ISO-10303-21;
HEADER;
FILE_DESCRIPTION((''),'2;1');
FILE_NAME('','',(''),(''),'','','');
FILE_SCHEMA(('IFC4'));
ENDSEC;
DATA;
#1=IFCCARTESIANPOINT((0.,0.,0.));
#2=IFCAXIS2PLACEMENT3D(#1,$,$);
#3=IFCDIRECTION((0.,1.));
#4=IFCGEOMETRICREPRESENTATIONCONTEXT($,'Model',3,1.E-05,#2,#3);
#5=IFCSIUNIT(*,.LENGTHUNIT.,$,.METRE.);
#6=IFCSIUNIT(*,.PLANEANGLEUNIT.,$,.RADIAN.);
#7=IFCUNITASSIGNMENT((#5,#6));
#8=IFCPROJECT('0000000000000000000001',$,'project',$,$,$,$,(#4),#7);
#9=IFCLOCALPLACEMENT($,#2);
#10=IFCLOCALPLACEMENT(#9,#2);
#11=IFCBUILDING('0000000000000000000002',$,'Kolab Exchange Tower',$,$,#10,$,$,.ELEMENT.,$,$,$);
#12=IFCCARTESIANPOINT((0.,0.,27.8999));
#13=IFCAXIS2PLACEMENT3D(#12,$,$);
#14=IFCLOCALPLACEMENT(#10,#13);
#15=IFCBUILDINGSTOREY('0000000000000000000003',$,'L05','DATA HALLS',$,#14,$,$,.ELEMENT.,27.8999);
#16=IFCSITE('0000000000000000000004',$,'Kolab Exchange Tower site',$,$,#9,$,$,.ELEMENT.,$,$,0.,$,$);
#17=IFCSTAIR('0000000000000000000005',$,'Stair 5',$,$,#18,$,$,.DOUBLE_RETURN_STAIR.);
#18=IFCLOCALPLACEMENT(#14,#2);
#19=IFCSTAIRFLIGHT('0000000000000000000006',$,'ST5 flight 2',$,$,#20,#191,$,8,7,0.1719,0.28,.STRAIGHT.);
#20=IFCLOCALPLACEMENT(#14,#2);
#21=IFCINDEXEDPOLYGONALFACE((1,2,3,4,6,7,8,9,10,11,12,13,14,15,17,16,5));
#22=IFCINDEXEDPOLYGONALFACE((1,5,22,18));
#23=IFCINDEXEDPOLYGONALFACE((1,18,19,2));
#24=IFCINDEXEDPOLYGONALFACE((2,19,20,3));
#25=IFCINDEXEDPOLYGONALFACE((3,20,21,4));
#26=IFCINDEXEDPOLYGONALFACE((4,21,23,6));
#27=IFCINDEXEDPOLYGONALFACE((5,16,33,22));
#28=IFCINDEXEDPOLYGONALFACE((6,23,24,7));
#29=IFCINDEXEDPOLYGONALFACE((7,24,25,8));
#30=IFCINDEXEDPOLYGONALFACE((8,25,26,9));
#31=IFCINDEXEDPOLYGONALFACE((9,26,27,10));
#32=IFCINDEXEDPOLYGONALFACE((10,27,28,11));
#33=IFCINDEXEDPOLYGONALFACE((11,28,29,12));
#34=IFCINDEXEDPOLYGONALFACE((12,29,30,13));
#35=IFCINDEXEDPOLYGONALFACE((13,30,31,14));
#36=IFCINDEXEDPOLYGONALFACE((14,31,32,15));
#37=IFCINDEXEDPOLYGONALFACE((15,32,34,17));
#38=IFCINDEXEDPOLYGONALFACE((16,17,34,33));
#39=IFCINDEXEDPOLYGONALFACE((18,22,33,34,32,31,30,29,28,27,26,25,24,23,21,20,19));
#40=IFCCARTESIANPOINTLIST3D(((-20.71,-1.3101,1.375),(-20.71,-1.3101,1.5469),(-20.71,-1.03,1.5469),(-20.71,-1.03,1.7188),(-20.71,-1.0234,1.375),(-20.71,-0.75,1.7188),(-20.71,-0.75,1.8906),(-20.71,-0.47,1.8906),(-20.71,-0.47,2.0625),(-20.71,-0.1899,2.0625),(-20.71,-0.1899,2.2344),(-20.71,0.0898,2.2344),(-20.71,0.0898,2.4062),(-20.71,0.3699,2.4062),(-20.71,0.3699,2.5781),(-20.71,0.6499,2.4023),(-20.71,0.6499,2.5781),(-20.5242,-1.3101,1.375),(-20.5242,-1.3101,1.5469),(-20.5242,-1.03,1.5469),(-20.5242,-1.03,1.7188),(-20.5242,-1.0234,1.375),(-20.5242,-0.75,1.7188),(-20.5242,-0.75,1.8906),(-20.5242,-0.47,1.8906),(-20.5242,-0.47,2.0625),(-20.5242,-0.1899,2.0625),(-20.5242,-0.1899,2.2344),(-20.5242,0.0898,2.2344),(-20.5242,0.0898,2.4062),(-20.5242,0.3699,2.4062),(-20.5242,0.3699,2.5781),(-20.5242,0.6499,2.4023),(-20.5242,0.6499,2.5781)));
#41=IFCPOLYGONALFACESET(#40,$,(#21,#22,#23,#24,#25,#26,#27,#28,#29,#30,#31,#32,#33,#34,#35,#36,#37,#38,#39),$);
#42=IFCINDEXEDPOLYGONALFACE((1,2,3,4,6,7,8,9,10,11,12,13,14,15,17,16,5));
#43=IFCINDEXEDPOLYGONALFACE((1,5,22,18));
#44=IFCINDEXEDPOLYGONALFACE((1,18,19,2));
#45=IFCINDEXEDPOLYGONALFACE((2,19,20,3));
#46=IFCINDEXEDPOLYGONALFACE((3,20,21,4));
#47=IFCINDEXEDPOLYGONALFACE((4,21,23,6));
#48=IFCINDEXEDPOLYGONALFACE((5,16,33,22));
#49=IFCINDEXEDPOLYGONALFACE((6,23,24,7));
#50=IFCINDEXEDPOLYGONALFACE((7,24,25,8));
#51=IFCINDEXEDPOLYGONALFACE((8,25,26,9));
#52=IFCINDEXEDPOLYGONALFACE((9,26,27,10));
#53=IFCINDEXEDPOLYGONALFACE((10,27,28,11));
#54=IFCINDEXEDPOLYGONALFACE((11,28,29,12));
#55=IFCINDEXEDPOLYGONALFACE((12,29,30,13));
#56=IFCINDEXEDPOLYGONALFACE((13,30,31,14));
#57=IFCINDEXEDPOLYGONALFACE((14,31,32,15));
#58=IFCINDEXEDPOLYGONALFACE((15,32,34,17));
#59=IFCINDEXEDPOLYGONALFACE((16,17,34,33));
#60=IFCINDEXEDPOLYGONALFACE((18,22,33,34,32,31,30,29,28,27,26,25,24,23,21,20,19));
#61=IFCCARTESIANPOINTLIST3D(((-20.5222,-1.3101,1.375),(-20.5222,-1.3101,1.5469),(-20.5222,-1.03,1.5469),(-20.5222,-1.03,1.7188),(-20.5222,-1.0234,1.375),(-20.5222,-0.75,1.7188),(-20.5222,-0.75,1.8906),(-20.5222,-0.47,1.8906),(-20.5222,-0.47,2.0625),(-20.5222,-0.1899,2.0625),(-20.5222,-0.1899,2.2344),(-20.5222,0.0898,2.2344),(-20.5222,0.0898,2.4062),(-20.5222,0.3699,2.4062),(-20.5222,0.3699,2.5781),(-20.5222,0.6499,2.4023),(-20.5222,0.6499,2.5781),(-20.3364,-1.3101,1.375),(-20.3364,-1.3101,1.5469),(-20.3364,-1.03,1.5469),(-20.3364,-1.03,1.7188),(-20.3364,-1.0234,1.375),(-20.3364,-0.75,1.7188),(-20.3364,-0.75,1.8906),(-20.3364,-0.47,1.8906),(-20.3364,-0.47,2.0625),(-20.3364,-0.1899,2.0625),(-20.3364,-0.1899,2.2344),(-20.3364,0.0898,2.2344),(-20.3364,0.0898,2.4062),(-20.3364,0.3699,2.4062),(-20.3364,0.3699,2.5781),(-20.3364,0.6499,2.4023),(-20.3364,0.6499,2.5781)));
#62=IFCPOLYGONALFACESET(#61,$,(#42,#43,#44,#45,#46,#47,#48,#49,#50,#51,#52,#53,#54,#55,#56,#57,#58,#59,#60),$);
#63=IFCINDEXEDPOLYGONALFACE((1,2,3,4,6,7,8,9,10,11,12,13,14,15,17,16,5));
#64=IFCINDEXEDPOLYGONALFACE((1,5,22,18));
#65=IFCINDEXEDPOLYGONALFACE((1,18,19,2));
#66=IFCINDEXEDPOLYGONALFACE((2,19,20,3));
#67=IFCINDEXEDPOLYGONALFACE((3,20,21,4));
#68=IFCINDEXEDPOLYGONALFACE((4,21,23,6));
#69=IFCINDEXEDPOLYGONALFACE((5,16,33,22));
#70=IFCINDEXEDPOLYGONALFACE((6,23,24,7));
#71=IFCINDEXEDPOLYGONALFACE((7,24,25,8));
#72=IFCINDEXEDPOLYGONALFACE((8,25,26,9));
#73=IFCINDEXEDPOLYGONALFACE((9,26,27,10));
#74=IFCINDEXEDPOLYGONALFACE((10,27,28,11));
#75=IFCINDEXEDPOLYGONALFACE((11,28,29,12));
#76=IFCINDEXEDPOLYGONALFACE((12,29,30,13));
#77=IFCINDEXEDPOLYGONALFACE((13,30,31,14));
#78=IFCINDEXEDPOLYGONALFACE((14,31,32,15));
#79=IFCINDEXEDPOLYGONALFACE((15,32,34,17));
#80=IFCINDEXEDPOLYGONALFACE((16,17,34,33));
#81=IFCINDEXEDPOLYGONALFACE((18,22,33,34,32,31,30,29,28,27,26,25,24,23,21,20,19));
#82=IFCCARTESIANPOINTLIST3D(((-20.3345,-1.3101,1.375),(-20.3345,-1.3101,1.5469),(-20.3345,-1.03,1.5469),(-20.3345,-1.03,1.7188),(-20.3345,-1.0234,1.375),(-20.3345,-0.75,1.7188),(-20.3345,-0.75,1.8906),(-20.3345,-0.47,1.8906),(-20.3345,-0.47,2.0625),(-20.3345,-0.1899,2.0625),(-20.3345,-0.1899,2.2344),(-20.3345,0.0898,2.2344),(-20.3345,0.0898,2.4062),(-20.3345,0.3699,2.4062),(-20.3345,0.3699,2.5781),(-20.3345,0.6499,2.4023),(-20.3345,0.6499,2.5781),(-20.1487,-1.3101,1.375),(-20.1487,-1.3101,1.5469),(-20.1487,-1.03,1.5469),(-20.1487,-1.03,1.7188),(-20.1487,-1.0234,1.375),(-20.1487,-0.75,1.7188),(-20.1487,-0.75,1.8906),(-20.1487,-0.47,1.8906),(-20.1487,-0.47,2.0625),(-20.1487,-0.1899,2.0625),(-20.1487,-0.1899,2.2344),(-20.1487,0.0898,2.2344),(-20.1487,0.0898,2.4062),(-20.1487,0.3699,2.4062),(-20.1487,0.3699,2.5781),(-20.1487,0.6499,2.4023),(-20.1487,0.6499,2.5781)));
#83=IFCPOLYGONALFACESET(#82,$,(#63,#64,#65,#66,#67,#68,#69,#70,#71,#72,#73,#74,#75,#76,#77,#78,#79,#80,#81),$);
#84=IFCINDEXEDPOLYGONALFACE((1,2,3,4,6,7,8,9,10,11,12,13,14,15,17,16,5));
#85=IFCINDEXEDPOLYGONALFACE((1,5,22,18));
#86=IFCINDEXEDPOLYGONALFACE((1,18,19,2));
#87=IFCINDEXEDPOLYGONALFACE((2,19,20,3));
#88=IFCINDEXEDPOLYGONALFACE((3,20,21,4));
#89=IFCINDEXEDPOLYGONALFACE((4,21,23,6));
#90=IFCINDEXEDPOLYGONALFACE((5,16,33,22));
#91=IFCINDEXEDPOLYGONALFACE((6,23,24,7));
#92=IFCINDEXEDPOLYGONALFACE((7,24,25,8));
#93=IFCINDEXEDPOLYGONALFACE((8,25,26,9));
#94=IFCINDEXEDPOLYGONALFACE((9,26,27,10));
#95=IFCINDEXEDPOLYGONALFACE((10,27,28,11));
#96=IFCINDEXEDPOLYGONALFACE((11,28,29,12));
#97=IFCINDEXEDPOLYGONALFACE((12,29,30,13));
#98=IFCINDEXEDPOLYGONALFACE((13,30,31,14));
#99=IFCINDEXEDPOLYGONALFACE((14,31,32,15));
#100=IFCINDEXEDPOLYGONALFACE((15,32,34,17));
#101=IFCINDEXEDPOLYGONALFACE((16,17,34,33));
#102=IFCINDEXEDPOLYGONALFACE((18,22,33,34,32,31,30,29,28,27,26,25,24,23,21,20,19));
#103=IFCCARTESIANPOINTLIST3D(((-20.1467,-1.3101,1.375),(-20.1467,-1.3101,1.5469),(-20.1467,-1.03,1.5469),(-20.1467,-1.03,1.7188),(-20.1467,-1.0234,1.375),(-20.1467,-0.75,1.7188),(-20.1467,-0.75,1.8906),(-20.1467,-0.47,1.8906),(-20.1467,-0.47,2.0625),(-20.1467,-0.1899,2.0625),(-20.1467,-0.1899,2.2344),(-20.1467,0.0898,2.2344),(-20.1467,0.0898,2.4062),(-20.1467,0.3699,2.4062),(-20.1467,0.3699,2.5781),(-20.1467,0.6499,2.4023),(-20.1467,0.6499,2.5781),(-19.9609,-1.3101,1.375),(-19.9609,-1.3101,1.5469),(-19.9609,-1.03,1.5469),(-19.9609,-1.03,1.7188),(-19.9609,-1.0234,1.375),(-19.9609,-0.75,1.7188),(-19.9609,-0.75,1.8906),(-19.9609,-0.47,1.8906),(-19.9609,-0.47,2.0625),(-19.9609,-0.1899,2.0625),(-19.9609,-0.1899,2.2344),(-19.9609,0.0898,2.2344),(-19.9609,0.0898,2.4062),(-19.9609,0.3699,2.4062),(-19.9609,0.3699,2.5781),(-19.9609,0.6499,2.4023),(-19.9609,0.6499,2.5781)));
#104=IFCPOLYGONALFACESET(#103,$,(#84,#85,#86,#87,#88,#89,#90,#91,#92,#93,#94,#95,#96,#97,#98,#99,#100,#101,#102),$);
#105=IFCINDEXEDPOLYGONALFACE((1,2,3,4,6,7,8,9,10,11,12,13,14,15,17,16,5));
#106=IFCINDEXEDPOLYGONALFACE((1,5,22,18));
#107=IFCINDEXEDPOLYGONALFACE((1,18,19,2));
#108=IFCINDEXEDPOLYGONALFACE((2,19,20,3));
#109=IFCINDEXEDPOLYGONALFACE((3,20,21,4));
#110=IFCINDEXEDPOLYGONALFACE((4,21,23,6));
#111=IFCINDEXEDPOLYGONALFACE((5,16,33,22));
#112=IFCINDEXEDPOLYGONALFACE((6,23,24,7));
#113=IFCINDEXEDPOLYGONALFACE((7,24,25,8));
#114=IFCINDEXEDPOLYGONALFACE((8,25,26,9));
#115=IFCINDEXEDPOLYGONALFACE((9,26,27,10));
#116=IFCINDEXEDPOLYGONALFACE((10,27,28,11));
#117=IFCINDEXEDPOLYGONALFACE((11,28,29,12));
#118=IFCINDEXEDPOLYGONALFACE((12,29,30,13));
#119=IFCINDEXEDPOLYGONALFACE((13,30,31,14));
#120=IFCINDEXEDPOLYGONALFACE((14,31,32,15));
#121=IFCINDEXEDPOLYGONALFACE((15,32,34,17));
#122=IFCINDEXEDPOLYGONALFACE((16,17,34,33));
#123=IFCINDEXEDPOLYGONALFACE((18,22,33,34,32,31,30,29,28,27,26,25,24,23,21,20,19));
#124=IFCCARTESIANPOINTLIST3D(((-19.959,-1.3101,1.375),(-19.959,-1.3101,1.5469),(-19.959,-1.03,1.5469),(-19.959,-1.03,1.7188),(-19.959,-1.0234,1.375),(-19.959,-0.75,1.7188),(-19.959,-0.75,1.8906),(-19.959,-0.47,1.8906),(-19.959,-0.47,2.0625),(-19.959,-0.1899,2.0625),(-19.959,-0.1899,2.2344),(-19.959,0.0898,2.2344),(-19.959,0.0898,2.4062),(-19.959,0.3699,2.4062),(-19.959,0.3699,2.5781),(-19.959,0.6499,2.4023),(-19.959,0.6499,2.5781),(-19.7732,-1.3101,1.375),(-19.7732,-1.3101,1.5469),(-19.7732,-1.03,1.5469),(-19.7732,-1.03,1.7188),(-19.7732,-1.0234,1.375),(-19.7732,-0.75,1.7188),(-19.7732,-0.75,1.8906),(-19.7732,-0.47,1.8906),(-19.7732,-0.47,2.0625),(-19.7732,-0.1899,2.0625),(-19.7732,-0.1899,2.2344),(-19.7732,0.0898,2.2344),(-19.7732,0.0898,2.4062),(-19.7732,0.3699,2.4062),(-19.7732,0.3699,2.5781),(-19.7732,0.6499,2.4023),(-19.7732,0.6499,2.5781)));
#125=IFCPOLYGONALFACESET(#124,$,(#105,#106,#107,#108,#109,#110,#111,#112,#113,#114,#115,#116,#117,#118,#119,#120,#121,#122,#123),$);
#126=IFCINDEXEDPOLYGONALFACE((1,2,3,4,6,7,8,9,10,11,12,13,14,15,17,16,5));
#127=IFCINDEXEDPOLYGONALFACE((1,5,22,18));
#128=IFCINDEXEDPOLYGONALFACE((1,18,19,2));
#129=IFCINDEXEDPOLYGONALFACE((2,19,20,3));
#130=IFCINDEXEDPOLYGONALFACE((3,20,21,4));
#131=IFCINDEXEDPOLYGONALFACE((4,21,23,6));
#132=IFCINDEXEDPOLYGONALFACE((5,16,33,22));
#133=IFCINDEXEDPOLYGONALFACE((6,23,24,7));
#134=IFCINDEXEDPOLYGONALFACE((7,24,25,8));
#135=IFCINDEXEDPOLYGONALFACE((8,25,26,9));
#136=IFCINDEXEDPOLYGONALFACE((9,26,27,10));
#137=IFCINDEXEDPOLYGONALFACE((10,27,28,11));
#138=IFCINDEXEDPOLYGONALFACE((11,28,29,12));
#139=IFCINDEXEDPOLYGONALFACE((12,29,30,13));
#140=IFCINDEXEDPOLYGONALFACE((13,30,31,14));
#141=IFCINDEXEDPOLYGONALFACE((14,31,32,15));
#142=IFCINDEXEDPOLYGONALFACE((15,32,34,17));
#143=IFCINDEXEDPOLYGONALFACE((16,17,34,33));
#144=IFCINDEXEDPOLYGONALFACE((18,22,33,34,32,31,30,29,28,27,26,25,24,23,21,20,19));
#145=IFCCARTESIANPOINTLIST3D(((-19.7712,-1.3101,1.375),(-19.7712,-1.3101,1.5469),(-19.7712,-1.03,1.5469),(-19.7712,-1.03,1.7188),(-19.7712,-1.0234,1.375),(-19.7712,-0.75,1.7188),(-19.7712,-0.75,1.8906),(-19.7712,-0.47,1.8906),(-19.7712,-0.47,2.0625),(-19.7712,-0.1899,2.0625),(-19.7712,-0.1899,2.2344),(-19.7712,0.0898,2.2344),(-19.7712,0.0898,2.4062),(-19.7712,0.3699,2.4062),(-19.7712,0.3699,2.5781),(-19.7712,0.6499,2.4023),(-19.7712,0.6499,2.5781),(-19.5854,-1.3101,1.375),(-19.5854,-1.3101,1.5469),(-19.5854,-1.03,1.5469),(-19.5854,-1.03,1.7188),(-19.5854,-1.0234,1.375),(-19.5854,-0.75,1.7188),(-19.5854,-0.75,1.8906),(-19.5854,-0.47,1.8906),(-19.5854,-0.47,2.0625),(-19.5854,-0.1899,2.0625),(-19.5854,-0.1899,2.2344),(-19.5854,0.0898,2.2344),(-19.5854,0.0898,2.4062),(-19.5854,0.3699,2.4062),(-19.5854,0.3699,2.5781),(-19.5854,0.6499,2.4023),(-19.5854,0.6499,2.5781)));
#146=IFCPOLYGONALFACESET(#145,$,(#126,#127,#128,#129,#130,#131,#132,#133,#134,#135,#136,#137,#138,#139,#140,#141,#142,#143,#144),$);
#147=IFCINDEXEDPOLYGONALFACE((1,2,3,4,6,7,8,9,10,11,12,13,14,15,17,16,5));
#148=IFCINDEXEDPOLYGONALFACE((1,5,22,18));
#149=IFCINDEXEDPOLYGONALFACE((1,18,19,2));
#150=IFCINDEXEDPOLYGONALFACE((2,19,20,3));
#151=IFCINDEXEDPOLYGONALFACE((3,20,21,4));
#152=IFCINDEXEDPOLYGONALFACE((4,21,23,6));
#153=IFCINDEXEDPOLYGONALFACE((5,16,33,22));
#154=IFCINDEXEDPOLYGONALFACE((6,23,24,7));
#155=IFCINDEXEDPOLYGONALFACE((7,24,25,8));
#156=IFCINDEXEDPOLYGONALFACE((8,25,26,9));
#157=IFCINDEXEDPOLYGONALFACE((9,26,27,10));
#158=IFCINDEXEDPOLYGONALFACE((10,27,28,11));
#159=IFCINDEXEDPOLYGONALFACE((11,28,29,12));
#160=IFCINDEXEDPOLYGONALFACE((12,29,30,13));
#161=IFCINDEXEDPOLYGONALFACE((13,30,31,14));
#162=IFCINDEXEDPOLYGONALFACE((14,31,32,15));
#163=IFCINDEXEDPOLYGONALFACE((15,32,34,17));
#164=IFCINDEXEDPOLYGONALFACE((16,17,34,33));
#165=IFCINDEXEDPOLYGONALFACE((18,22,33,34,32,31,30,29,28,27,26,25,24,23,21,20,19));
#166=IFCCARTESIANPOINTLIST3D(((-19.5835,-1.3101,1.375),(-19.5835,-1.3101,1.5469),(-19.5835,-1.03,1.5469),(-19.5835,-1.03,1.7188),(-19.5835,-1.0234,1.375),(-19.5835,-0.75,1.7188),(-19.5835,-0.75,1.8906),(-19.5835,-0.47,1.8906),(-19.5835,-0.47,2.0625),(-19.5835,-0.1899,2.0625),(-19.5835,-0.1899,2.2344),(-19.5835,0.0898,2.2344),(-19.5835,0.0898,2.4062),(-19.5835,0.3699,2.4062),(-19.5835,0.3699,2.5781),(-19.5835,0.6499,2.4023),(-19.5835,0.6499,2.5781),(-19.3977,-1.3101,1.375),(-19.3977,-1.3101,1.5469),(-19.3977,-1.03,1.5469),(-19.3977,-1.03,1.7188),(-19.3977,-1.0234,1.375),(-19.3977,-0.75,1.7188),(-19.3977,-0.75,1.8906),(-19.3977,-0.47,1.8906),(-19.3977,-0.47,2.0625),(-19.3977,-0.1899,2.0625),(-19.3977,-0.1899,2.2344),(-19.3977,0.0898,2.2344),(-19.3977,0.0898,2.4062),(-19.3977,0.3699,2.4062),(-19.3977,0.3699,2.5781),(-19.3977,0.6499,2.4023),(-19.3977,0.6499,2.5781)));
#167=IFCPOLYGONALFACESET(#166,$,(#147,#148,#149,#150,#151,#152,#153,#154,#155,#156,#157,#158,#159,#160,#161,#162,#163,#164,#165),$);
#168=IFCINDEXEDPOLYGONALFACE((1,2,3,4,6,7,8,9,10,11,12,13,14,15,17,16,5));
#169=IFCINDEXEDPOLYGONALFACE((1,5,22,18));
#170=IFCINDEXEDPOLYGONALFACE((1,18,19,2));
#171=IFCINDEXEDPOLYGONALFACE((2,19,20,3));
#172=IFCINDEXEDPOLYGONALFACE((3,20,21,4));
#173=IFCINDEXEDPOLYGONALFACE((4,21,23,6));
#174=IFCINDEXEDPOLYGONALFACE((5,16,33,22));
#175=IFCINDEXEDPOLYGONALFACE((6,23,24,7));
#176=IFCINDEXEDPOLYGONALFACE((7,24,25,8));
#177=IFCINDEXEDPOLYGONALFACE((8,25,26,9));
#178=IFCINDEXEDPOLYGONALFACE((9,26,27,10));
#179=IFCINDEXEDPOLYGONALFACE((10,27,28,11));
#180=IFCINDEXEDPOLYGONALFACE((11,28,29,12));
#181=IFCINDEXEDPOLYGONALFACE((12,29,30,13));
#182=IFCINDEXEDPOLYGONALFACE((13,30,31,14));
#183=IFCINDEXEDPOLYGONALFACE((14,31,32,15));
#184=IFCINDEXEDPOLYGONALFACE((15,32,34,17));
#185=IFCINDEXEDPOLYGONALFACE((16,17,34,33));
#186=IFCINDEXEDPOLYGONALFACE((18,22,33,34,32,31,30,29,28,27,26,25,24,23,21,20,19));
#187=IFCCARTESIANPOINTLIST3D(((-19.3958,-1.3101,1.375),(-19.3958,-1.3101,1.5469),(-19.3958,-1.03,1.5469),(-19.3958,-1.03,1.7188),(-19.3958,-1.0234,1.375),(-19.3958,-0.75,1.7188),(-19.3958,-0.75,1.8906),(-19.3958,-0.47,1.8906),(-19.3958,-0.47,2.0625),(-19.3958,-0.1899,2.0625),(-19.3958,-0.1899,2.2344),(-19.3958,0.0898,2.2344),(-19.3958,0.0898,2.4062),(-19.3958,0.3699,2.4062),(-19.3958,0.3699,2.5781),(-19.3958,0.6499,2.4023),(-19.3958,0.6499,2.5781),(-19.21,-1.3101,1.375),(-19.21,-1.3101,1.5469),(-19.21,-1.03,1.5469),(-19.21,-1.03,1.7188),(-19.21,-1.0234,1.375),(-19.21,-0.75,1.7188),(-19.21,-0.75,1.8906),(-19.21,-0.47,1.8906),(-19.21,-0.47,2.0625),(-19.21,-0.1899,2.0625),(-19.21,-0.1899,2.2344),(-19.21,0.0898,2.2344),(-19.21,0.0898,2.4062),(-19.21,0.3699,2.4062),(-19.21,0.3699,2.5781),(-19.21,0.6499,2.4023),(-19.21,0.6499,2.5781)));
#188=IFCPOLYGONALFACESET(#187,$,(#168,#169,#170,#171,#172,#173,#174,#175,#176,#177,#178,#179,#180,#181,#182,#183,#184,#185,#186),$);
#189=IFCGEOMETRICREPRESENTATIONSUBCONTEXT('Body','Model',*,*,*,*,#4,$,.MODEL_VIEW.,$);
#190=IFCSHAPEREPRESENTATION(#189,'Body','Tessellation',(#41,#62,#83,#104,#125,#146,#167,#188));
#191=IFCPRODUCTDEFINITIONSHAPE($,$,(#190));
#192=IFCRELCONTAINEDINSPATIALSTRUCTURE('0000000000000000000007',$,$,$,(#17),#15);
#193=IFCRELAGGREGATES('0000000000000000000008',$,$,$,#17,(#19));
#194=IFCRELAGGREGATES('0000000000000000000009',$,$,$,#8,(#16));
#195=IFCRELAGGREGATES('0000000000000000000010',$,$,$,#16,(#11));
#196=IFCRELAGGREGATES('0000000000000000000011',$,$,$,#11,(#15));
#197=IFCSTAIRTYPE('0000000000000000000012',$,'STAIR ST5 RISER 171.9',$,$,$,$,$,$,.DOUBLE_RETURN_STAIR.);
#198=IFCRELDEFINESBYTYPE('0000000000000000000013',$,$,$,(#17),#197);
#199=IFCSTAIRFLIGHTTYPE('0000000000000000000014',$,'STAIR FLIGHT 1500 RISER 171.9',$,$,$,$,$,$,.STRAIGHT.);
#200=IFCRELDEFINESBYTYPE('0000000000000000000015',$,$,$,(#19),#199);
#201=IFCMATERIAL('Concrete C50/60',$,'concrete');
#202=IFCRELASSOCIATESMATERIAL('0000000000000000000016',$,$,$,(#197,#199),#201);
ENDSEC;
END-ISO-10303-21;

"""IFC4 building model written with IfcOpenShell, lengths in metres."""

from ifc_helpers import new_model, si_unit, direction, frame, origin, place, context, subcontext, project, spatial, polyline, outline, extrude, material, type_object, element, aggregate, save


model = new_model("IFC4")

# Units and contexts
model_context = context("Model", 3, precision=1e-05, world=origin(), true_north=direction((0.0, 1.0)))
body_context = subcontext(model_context, "Body", "Model", "MODEL_VIEW")
ifc_project = project(units=[si_unit("LENGTHUNIT", "METRE"), si_unit("PLANEANGLEUNIT", "RADIAN")], contexts=[model_context])

# Site, building, storey
site_placement = place(None, origin())
site = spatial("IfcSite", under=ifc_project, at=site_placement, Name="Kolab Exchange Tower site", CompositionType="ELEMENT", RefElevation=0.0)
building_placement = place(site_placement, origin())
building = spatial("IfcBuilding", under=site, at=building_placement, Name="Kolab Exchange Tower", CompositionType="ELEMENT")
storey_placement = place(building_placement, frame((0.0, 0.0, 27.8999)))
storey = spatial("IfcBuildingStorey", under=building, at=storey_placement, Name="L05", Description="DATA HALLS", CompositionType="ELEMENT", Elevation=27.8999)

# Shared definitions
ifc_material_1 = material(Name="Concrete C50/60", Category="concrete")

# Stair, stair flight
stair_type = type_object("IfcStairType", Name="STAIR ST5 RISER 171.9", PredefinedType="DOUBLE_RETURN_STAIR", material=ifc_material_1)
stair_placement = place(storey_placement, origin())
stair = element("IfcStair", 1, at=stair_placement, inside=storey, type_object=stair_type, Name="Stair 5", PredefinedType="DOUBLE_RETURN_STAIR")
stair_flight_type = type_object("IfcStairFlightType", Name="STAIR FLIGHT 1500 RISER 171.9", PredefinedType="STRAIGHT", material=ifc_material_1)
stair_flight_1_placement = place(storey_placement, frame((-19.96, -1.3101, 1.375), z_axis=(0.0, 0.0, 1.0), x_axis=(0.0, 1.0, 0.0)))
stair_flight_1 = element("IfcStairFlight", 2, at=stair_flight_1_placement, type_object=stair_flight_type, Name="ST5 flight 2", NumberOfRisers=8, NumberOfTreads=7, PredefinedType="STRAIGHT", RiserHeight=0.1719, TreadLength=0.28, context=body_context, shape_type="SweptSolid", body=[
    extrude(outline(polyline([(0.0, 0.0), (0.0, 0.1719), (0.28, 0.1719), (0.28, 0.3438), (0.5601, 0.3438), (0.5601, 0.5156), (0.8401, 0.5156), (0.8401, 0.6875), (1.1201, 0.6875), (1.1201, 0.8594), (1.3999, 0.8594), (1.3999, 1.0312), (1.6799, 1.0312), (1.6799, 1.2031), (1.96, 1.2031), (1.96, 1.375), (1.96, 1.0273), (0.2866, 0.0), (0.0, 0.0)])), frame((0.0, 0.75, 0.0), z_axis=(0.0, -1.0, 0.0), x_axis=(1.0, 0.0, 0.0)), (0.0, 0.0, 1.0), 0.1858),
    extrude(outline(polyline([(0.0, 0.0), (0.0, 0.1719), (0.28, 0.1719), (0.28, 0.3438), (0.5601, 0.3438), (0.5601, 0.5156), (0.8401, 0.5156), (0.8401, 0.6875), (1.1201, 0.6875), (1.1201, 0.8594), (1.3999, 0.8594), (1.3999, 1.0312), (1.6799, 1.0312), (1.6799, 1.2031), (1.96, 1.2031), (1.96, 1.375), (1.96, 1.0273), (0.2866, 0.0), (0.0, 0.0)])), frame((0.0, 0.5623, 0.0), z_axis=(0.0, -1.0, 0.0), x_axis=(1.0, 0.0, 0.0)), (0.0, 0.0, 1.0), 0.1858),
    extrude(outline(polyline([(0.0, 0.0), (0.0, 0.1719), (0.28, 0.1719), (0.28, 0.3438), (0.5601, 0.3438), (0.5601, 0.5156), (0.8401, 0.5156), (0.8401, 0.6875), (1.1201, 0.6875), (1.1201, 0.8594), (1.3999, 0.8594), (1.3999, 1.0312), (1.6799, 1.0312), (1.6799, 1.2031), (1.96, 1.2031), (1.96, 1.375), (1.96, 1.0273), (0.2866, 0.0), (0.0, 0.0)])), frame((0.0, 0.3745, 0.0), z_axis=(0.0, -1.0, 0.0), x_axis=(1.0, 0.0, 0.0)), (0.0, 0.0, 1.0), 0.1858),
    extrude(outline(polyline([(0.0, 0.0), (0.0, 0.1719), (0.28, 0.1719), (0.28, 0.3438), (0.5601, 0.3438), (0.5601, 0.5156), (0.8401, 0.5156), (0.8401, 0.6875), (1.1201, 0.6875), (1.1201, 0.8594), (1.3999, 0.8594), (1.3999, 1.0312), (1.6799, 1.0312), (1.6799, 1.2031), (1.96, 1.2031), (1.96, 1.375), (1.96, 1.0273), (0.2866, 0.0), (0.0, 0.0)])), frame((0.0, 0.1868, 0.0), z_axis=(0.0, -1.0, 0.0), x_axis=(1.0, 0.0, 0.0)), (0.0, 0.0, 1.0), 0.1858),
    extrude(outline(polyline([(0.0, 0.0), (0.0, 0.1719), (0.28, 0.1719), (0.28, 0.3438), (0.5601, 0.3438), (0.5601, 0.5156), (0.8401, 0.5156), (0.8401, 0.6875), (1.1201, 0.6875), (1.1201, 0.8594), (1.3999, 0.8594), (1.3999, 1.0312), (1.6799, 1.0312), (1.6799, 1.2031), (1.96, 1.2031), (1.96, 1.375), (1.96, 1.0273), (0.2866, 0.0), (0.0, 0.0)])), frame((0.0, -0.001, 0.0), z_axis=(0.0, -1.0, 0.0), x_axis=(1.0, 0.0, 0.0)), (0.0, 0.0, 1.0), 0.1858),
    extrude(outline(polyline([(0.0, 0.0), (0.0, 0.1719), (0.28, 0.1719), (0.28, 0.3438), (0.5601, 0.3438), (0.5601, 0.5156), (0.8401, 0.5156), (0.8401, 0.6875), (1.1201, 0.6875), (1.1201, 0.8594), (1.3999, 0.8594), (1.3999, 1.0312), (1.6799, 1.0312), (1.6799, 1.2031), (1.96, 1.2031), (1.96, 1.375), (1.96, 1.0273), (0.2866, 0.0), (0.0, 0.0)])), frame((0.0, -0.1887, 0.0), z_axis=(0.0, -1.0, 0.0), x_axis=(1.0, 0.0, 0.0)), (0.0, 0.0, 1.0), 0.1858),
    extrude(outline(polyline([(0.0, 0.0), (0.0, 0.1719), (0.28, 0.1719), (0.28, 0.3438), (0.5601, 0.3438), (0.5601, 0.5156), (0.8401, 0.5156), (0.8401, 0.6875), (1.1201, 0.6875), (1.1201, 0.8594), (1.3999, 0.8594), (1.3999, 1.0312), (1.6799, 1.0312), (1.6799, 1.2031), (1.96, 1.2031), (1.96, 1.375), (1.96, 1.0273), (0.2866, 0.0), (0.0, 0.0)])), frame((0.0, -0.3765, 0.0), z_axis=(0.0, -1.0, 0.0), x_axis=(1.0, 0.0, 0.0)), (0.0, 0.0, 1.0), 0.1858),
    extrude(outline(polyline([(0.0, 0.0), (0.0, 0.1719), (0.28, 0.1719), (0.28, 0.3438), (0.5601, 0.3438), (0.5601, 0.5156), (0.8401, 0.5156), (0.8401, 0.6875), (1.1201, 0.6875), (1.1201, 0.8594), (1.3999, 0.8594), (1.3999, 1.0312), (1.6799, 1.0312), (1.6799, 1.2031), (1.96, 1.2031), (1.96, 1.375), (1.96, 1.0273), (0.2866, 0.0), (0.0, 0.0)])), frame((0.0, -0.5642, 0.0), z_axis=(0.0, -1.0, 0.0), x_axis=(1.0, 0.0, 0.0)), (0.0, 0.0, 1.0), 0.1858),
])
aggregate(stair, [stair_flight_1])

save(model, "model.ifc")
